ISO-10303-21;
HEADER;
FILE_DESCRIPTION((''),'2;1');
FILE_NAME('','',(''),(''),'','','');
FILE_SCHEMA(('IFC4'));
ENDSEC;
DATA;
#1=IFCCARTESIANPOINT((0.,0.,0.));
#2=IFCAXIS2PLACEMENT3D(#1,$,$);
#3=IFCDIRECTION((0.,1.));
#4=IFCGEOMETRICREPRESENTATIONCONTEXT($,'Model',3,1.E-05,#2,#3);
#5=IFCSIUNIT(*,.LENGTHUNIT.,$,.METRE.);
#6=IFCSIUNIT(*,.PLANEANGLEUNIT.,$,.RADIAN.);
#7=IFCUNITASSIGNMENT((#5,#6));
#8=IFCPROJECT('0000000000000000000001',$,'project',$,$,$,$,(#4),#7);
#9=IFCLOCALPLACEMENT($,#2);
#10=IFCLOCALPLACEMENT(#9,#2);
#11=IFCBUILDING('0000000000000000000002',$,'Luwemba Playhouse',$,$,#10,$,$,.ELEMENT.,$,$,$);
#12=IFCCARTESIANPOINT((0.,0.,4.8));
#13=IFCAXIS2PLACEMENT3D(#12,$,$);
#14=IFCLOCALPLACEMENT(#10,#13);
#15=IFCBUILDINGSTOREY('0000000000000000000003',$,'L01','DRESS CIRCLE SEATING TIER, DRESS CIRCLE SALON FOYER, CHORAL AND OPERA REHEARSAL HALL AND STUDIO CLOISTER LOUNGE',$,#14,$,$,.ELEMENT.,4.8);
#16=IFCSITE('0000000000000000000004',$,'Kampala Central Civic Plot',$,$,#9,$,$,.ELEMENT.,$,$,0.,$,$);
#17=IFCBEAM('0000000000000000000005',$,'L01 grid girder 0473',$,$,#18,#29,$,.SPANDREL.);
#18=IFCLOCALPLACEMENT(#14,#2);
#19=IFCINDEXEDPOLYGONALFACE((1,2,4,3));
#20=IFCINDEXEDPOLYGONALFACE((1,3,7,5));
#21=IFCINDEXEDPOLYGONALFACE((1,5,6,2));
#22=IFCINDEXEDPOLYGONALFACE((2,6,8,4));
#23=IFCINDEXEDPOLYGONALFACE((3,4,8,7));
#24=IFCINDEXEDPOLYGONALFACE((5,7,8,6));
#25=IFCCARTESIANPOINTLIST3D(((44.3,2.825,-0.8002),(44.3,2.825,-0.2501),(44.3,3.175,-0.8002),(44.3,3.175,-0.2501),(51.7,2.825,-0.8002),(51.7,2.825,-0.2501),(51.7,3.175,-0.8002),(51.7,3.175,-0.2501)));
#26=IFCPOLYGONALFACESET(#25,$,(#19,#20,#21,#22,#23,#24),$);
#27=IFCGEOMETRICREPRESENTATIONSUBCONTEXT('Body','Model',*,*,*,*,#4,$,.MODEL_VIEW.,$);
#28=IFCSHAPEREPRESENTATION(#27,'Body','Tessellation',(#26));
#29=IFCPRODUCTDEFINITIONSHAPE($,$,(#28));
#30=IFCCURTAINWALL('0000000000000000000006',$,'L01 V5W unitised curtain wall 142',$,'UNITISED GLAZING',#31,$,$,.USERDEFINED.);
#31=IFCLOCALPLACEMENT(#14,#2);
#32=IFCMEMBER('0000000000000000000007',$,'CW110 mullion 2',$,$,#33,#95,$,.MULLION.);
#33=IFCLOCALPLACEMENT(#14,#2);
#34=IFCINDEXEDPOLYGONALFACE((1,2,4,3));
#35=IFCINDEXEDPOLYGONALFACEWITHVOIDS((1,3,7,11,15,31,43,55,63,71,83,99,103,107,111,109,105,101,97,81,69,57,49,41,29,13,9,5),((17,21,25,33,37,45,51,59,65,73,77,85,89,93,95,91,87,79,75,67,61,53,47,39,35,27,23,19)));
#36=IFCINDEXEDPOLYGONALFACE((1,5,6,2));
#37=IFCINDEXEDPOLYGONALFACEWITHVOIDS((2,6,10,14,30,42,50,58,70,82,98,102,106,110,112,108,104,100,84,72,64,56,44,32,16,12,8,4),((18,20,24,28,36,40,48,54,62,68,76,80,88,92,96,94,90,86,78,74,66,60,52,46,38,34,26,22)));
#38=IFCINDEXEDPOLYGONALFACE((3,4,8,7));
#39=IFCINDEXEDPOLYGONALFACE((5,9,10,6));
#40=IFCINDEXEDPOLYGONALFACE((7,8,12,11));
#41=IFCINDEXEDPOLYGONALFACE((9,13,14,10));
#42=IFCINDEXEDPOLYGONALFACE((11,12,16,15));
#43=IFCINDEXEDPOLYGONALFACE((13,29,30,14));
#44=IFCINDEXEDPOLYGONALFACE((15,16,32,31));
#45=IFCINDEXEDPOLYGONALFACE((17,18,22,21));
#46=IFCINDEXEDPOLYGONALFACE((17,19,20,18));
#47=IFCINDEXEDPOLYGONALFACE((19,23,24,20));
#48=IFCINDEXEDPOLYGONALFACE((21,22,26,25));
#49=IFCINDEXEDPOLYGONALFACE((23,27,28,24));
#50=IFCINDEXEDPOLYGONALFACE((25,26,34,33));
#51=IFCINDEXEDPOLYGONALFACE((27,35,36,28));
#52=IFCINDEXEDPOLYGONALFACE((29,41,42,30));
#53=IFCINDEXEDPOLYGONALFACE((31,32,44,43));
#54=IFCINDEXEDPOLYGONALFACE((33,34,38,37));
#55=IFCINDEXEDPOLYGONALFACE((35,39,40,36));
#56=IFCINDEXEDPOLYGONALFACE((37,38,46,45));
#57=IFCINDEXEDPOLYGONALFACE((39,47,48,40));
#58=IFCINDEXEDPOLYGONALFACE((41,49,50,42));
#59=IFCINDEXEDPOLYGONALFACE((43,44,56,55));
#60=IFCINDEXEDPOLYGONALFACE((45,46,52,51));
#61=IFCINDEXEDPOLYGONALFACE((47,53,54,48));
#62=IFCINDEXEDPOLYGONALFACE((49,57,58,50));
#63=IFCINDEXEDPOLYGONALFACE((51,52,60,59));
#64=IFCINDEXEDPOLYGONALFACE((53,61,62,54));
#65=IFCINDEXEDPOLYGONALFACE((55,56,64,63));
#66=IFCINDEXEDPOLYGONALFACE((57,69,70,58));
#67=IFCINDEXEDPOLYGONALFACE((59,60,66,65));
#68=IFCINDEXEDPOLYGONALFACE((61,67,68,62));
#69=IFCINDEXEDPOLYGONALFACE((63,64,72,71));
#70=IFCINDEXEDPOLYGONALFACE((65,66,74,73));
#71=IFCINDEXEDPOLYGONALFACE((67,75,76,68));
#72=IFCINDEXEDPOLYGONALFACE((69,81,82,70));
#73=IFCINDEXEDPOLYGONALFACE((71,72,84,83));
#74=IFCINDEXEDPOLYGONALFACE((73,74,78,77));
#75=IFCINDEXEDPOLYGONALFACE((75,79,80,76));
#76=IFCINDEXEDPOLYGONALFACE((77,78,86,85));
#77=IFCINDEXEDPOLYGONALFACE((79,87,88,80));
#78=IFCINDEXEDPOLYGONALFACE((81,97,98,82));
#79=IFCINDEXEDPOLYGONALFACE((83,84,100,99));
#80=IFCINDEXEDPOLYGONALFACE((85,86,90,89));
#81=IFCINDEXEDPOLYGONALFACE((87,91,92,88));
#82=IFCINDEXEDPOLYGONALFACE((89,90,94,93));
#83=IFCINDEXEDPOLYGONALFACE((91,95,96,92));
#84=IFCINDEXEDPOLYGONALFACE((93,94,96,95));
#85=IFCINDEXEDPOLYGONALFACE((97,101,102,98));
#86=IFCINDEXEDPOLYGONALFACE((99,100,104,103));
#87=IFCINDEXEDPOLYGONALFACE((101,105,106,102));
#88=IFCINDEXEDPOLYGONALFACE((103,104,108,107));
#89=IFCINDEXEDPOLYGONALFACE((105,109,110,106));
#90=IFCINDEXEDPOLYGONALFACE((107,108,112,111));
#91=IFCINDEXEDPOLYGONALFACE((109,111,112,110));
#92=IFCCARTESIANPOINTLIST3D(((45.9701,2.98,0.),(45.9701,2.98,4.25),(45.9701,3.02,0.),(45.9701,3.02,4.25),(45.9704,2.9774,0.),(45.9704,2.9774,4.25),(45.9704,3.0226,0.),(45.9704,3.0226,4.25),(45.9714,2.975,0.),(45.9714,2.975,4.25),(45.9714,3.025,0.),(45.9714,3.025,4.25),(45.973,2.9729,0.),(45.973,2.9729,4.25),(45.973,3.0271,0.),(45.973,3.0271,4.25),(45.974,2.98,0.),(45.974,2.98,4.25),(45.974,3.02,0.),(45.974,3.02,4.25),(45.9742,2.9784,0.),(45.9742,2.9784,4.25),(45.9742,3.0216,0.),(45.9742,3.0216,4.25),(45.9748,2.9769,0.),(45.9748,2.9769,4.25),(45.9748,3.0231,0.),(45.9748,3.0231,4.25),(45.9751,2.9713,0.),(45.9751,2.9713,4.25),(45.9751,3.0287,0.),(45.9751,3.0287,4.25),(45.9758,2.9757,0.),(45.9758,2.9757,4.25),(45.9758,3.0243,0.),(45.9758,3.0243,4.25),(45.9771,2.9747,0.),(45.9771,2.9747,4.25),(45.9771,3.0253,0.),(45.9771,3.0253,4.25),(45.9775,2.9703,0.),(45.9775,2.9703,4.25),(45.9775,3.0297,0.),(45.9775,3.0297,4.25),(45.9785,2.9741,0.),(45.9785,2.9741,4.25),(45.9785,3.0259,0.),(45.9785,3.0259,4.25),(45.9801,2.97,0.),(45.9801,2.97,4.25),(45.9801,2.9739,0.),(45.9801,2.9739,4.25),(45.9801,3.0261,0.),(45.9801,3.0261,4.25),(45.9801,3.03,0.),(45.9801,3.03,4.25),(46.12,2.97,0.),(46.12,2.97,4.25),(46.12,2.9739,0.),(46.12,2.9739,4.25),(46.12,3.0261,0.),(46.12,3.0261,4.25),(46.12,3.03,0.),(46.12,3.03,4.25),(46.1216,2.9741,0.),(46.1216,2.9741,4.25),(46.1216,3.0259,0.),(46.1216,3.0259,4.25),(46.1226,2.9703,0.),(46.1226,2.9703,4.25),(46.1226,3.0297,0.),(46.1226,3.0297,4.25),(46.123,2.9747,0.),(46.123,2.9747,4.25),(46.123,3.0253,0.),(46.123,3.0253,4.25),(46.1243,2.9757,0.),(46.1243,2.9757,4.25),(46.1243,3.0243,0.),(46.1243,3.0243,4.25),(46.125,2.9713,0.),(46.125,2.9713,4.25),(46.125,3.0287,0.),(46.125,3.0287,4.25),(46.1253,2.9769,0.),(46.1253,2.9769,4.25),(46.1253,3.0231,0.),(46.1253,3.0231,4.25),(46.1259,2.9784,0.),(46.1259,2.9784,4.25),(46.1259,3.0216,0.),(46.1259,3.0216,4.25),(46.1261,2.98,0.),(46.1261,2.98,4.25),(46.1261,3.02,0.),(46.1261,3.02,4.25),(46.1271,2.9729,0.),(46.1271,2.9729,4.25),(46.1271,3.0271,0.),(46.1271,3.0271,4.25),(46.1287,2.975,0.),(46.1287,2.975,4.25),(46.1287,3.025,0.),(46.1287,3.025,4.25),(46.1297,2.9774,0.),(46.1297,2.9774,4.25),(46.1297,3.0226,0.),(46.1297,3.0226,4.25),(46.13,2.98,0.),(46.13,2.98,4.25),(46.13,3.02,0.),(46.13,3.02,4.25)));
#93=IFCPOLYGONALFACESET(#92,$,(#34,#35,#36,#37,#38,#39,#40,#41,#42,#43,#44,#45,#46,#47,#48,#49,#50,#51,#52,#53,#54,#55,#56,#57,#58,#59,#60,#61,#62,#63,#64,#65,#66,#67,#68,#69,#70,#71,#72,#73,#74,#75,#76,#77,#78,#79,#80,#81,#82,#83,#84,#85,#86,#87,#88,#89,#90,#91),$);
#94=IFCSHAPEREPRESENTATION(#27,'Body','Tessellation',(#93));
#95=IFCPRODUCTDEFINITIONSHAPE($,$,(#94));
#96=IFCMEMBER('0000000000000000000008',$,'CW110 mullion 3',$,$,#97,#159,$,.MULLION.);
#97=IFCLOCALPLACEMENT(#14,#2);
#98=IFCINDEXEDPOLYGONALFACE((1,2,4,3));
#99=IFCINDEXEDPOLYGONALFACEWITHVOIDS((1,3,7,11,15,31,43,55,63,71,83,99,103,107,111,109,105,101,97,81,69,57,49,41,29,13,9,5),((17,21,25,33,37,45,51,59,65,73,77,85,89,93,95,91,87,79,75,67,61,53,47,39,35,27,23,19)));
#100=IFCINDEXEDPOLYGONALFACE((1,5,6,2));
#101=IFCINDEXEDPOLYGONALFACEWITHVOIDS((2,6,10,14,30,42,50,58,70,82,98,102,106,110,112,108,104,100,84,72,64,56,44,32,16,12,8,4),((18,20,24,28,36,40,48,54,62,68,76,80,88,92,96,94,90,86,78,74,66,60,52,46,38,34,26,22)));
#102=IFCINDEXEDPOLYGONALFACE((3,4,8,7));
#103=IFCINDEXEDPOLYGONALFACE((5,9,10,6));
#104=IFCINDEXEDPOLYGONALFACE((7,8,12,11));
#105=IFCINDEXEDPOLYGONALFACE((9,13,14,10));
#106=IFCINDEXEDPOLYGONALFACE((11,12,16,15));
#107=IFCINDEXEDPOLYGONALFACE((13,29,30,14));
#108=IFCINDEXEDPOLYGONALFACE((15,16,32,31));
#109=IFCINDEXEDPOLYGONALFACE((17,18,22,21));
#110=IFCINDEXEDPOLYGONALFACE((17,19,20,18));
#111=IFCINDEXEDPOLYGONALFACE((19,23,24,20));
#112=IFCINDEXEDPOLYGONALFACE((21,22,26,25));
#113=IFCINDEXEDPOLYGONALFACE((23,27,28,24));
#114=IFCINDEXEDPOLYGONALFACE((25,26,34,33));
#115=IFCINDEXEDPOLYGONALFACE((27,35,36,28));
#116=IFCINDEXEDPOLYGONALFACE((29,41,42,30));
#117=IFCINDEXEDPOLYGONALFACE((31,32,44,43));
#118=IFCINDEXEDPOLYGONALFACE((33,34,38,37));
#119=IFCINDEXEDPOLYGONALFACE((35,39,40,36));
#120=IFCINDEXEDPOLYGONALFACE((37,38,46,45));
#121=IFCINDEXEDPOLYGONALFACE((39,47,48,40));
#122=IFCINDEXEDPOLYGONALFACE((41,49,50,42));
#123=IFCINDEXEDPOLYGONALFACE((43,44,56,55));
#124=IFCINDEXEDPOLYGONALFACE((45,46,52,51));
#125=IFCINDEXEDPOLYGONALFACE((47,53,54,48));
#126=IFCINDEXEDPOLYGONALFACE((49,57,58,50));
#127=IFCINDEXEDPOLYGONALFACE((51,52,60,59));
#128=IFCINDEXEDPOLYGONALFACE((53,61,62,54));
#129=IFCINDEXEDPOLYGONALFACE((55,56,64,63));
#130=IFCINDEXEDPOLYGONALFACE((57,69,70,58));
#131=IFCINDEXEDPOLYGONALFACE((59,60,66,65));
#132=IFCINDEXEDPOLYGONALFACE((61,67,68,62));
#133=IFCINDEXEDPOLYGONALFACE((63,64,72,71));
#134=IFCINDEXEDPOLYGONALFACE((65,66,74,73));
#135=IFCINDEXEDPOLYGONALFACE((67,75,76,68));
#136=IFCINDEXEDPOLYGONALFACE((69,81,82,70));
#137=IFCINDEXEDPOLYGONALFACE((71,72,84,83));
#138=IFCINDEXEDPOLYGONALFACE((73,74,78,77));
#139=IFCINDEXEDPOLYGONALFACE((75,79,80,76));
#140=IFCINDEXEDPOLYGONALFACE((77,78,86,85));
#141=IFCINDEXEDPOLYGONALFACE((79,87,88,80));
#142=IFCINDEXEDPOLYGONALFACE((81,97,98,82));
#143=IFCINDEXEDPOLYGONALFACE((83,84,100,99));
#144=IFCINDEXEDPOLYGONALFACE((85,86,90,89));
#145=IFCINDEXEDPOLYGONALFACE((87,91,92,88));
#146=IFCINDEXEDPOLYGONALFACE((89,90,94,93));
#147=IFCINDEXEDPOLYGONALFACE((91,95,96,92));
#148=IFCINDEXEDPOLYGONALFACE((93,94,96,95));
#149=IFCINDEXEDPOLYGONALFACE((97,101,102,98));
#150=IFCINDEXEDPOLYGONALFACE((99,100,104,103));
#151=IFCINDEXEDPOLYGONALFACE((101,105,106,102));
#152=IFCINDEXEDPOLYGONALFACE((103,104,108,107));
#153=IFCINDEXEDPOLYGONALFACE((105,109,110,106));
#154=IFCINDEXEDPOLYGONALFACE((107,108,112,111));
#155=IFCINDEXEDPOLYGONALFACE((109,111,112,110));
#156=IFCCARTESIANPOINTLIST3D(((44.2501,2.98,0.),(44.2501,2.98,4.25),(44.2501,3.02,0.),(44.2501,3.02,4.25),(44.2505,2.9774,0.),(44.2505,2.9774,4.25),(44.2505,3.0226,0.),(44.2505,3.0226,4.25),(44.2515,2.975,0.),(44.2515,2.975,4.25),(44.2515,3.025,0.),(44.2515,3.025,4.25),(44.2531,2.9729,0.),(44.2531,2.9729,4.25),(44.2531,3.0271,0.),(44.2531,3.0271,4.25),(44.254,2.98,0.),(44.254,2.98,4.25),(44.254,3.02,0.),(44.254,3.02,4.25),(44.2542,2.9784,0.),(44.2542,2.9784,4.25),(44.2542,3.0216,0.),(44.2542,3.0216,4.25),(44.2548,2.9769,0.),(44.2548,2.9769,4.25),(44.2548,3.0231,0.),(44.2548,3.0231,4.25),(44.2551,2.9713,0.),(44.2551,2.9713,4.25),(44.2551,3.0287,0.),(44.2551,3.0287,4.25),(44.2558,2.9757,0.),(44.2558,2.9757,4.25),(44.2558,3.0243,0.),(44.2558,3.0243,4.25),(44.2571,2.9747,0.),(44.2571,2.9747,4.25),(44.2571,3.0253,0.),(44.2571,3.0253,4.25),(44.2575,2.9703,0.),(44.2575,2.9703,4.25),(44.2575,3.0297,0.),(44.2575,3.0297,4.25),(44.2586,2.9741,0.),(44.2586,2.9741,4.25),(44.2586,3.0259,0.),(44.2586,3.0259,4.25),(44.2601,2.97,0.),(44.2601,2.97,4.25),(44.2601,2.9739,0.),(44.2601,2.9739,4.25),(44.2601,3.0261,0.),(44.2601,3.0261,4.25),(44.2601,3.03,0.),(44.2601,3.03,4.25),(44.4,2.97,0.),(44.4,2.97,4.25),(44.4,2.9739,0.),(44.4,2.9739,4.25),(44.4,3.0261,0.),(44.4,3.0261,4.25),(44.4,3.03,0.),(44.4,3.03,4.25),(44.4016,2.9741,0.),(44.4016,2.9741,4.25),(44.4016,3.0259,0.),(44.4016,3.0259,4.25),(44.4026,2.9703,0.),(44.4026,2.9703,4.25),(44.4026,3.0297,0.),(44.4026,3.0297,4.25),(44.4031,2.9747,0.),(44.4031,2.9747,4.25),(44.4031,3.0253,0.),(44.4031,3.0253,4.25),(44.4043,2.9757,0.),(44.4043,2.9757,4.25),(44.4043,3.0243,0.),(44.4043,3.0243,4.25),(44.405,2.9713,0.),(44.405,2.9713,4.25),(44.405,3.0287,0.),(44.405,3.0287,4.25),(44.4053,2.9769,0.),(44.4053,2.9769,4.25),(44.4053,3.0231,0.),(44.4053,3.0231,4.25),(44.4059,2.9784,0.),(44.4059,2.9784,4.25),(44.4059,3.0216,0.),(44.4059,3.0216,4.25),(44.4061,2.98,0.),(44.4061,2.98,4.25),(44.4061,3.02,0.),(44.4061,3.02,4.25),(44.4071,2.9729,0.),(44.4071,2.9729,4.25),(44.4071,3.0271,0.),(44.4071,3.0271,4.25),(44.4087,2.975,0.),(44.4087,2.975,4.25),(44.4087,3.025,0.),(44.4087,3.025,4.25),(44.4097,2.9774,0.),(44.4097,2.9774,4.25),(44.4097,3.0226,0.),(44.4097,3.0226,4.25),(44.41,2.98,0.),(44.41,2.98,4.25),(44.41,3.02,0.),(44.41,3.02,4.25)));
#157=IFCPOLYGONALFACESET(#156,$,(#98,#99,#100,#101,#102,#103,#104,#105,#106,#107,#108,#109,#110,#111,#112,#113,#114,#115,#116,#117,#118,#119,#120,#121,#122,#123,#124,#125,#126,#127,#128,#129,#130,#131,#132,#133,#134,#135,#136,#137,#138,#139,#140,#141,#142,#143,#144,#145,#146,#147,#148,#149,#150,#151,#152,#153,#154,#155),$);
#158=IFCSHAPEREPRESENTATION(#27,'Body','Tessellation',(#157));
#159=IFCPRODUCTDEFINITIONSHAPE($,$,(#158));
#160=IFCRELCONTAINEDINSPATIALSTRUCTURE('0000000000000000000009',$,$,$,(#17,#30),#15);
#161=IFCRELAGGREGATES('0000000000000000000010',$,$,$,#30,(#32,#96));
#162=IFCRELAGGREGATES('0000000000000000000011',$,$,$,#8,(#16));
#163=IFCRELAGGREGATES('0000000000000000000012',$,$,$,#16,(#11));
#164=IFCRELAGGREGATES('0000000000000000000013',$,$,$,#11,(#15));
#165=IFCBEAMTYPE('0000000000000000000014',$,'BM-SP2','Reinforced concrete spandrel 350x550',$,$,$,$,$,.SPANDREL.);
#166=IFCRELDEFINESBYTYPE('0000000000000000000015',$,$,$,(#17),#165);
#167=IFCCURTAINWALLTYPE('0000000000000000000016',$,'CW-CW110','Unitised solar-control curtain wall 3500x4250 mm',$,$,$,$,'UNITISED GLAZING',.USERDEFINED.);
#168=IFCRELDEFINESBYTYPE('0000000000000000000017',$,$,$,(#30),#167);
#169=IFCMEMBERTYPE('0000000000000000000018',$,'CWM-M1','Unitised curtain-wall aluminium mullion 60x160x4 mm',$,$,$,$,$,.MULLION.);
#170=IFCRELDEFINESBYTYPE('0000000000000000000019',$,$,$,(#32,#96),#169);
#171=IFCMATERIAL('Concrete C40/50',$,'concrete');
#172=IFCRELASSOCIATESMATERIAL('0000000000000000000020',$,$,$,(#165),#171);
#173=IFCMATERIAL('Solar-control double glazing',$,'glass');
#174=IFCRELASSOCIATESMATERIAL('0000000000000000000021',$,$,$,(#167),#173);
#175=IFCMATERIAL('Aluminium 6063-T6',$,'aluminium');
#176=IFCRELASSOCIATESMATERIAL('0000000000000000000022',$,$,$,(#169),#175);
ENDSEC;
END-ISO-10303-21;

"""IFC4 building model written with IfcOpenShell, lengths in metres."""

from ifc_helpers import new_model, si_unit, direction, frame, origin, origin_2d, place, context, subcontext, project, spatial, rectangle, hollow_rectangle, extrude, material, material_profile, profile_set, type_object, element, aggregate, save


model = new_model("IFC4")

# Units and contexts
model_context = context("Model", 3, precision=1e-05, world=origin(), true_north=direction((0.0, 1.0)))
body_context = subcontext(model_context, "Body", "Model", "MODEL_VIEW")
ifc_project = project(units=[si_unit("LENGTHUNIT", "METRE"), si_unit("PLANEANGLEUNIT", "RADIAN")], contexts=[model_context])

# Site, building, storey
site_placement = place(None, origin())
site = spatial("IfcSite", under=ifc_project, at=site_placement, Name="Kampala Central Civic Plot", CompositionType="ELEMENT", RefElevation=0.0)
building_placement = place(site_placement, origin())
building = spatial("IfcBuilding", under=site, at=building_placement, Name="Luwemba Playhouse", CompositionType="ELEMENT")
storey_placement = place(building_placement, frame((0.0, 0.0, 4.8)))
storey = spatial("IfcBuildingStorey", under=building, at=storey_placement, Name="L01", Description="DRESS CIRCLE SEATING TIER, DRESS CIRCLE SALON FOYER, CHORAL AND OPERA REHEARSAL HALL AND STUDIO CLOISTER LOUNGE", CompositionType="ELEMENT", Elevation=4.8)

# Shared definitions
ifc_material_1 = material(Name="Concrete C40/50", Category="concrete")

# Beam
ifc_material_profile_1 = material_profile(ifc_material_1, rectangle(XDim=0.3501, YDim=0.55, at=origin_2d()))
ifc_profile_set_1 = profile_set([ifc_material_profile_1], Name="Concrete C40/50")
beam_type_1 = type_object("IfcBeamType", Name="BM-SP2", Description="Reinforced concrete spandrel 350x550", PredefinedType="SPANDREL", material=ifc_profile_set_1)
beam_1_placement = place(storey_placement, frame((44.3, 3.0, -0.5251), z_axis=(1.0, 0.0, 0.0), x_axis=(0.0, 1.0, 0.0)))
element("IfcBeam", 1, at=beam_1_placement, inside=storey, type_object=beam_type_1, Name="L01 grid girder 0473", PredefinedType="SPANDREL", context=body_context, shape_type="SweptSolid", body=[
    extrude(rectangle(XDim=0.3501, YDim=0.55, at=origin_2d()), origin(), (0.0, 0.0, 1.0), 7.3999),
])

# Curtain wall, members
ifc_material_2 = material(Name="Solar-control double glazing", Category="glass")
curtain_wall_type_1 = type_object("IfcCurtainWallType", Name="CW-CW110", Description="Unitised solar-control curtain wall 3500x4250 mm", ElementType="UNITISED GLAZING", PredefinedType="USERDEFINED", material=ifc_material_2)
curtain_wall_1_placement = place(storey_placement, origin())
curtain_wall_1 = element("IfcCurtainWall", 2, at=curtain_wall_1_placement, inside=storey, type_object=curtain_wall_type_1, Name="L01 V5W unitised curtain wall 142", ObjectType="UNITISED GLAZING", PredefinedType="USERDEFINED")
ifc_material_3 = material(Name="Aluminium 6063-T6", Category="aluminium")
ifc_material_profile_2 = material_profile(ifc_material_3, hollow_rectangle(XDim=0.0601, YDim=0.1599, WallThickness=0.0039, InnerFilletRadius=0.0061, OuterFilletRadius=0.01, at=origin_2d()))
ifc_profile_set_2 = profile_set([ifc_material_profile_2], Name="Aluminium 6063-T6")
member_type_1 = type_object("IfcMemberType", Name="CWM-M1", Description="Unitised curtain-wall aluminium mullion 60x160x4 mm", PredefinedType="MULLION", material=ifc_profile_set_2)
member_1_placement = place(storey_placement, frame((46.05, 3.0, 0.0), z_axis=(0.0, 0.0, 1.0), x_axis=(0.0, -1.0, 0.0)))
member_1 = element("IfcMember", 3, at=member_1_placement, type_object=member_type_1, Name="CW110 mullion 2", PredefinedType="MULLION", context=body_context, shape_type="SweptSolid", body=[
    extrude(hollow_rectangle(XDim=0.0601, YDim=0.1599, WallThickness=0.0039, InnerFilletRadius=0.0061, OuterFilletRadius=0.01, at=origin_2d()), origin(), (0.0, 0.0, 1.0), 4.25),
])
member_2_placement = place(storey_placement, frame((44.3301, 3.0, 0.0), z_axis=(0.0, 0.0, 1.0), x_axis=(0.0, -1.0, 0.0)))
member_2 = element("IfcMember", 4, at=member_2_placement, type_object=member_type_1, Name="CW110 mullion 3", PredefinedType="MULLION", context=body_context, shape_type="SweptSolid", body=[
    extrude(hollow_rectangle(XDim=0.0601, YDim=0.1599, WallThickness=0.0039, InnerFilletRadius=0.0061, OuterFilletRadius=0.01, at=origin_2d()), origin(), (0.0, 0.0, 1.0), 4.25),
])

aggregate(curtain_wall_1, [member_1, member_2])

save(model, "model.ifc")
